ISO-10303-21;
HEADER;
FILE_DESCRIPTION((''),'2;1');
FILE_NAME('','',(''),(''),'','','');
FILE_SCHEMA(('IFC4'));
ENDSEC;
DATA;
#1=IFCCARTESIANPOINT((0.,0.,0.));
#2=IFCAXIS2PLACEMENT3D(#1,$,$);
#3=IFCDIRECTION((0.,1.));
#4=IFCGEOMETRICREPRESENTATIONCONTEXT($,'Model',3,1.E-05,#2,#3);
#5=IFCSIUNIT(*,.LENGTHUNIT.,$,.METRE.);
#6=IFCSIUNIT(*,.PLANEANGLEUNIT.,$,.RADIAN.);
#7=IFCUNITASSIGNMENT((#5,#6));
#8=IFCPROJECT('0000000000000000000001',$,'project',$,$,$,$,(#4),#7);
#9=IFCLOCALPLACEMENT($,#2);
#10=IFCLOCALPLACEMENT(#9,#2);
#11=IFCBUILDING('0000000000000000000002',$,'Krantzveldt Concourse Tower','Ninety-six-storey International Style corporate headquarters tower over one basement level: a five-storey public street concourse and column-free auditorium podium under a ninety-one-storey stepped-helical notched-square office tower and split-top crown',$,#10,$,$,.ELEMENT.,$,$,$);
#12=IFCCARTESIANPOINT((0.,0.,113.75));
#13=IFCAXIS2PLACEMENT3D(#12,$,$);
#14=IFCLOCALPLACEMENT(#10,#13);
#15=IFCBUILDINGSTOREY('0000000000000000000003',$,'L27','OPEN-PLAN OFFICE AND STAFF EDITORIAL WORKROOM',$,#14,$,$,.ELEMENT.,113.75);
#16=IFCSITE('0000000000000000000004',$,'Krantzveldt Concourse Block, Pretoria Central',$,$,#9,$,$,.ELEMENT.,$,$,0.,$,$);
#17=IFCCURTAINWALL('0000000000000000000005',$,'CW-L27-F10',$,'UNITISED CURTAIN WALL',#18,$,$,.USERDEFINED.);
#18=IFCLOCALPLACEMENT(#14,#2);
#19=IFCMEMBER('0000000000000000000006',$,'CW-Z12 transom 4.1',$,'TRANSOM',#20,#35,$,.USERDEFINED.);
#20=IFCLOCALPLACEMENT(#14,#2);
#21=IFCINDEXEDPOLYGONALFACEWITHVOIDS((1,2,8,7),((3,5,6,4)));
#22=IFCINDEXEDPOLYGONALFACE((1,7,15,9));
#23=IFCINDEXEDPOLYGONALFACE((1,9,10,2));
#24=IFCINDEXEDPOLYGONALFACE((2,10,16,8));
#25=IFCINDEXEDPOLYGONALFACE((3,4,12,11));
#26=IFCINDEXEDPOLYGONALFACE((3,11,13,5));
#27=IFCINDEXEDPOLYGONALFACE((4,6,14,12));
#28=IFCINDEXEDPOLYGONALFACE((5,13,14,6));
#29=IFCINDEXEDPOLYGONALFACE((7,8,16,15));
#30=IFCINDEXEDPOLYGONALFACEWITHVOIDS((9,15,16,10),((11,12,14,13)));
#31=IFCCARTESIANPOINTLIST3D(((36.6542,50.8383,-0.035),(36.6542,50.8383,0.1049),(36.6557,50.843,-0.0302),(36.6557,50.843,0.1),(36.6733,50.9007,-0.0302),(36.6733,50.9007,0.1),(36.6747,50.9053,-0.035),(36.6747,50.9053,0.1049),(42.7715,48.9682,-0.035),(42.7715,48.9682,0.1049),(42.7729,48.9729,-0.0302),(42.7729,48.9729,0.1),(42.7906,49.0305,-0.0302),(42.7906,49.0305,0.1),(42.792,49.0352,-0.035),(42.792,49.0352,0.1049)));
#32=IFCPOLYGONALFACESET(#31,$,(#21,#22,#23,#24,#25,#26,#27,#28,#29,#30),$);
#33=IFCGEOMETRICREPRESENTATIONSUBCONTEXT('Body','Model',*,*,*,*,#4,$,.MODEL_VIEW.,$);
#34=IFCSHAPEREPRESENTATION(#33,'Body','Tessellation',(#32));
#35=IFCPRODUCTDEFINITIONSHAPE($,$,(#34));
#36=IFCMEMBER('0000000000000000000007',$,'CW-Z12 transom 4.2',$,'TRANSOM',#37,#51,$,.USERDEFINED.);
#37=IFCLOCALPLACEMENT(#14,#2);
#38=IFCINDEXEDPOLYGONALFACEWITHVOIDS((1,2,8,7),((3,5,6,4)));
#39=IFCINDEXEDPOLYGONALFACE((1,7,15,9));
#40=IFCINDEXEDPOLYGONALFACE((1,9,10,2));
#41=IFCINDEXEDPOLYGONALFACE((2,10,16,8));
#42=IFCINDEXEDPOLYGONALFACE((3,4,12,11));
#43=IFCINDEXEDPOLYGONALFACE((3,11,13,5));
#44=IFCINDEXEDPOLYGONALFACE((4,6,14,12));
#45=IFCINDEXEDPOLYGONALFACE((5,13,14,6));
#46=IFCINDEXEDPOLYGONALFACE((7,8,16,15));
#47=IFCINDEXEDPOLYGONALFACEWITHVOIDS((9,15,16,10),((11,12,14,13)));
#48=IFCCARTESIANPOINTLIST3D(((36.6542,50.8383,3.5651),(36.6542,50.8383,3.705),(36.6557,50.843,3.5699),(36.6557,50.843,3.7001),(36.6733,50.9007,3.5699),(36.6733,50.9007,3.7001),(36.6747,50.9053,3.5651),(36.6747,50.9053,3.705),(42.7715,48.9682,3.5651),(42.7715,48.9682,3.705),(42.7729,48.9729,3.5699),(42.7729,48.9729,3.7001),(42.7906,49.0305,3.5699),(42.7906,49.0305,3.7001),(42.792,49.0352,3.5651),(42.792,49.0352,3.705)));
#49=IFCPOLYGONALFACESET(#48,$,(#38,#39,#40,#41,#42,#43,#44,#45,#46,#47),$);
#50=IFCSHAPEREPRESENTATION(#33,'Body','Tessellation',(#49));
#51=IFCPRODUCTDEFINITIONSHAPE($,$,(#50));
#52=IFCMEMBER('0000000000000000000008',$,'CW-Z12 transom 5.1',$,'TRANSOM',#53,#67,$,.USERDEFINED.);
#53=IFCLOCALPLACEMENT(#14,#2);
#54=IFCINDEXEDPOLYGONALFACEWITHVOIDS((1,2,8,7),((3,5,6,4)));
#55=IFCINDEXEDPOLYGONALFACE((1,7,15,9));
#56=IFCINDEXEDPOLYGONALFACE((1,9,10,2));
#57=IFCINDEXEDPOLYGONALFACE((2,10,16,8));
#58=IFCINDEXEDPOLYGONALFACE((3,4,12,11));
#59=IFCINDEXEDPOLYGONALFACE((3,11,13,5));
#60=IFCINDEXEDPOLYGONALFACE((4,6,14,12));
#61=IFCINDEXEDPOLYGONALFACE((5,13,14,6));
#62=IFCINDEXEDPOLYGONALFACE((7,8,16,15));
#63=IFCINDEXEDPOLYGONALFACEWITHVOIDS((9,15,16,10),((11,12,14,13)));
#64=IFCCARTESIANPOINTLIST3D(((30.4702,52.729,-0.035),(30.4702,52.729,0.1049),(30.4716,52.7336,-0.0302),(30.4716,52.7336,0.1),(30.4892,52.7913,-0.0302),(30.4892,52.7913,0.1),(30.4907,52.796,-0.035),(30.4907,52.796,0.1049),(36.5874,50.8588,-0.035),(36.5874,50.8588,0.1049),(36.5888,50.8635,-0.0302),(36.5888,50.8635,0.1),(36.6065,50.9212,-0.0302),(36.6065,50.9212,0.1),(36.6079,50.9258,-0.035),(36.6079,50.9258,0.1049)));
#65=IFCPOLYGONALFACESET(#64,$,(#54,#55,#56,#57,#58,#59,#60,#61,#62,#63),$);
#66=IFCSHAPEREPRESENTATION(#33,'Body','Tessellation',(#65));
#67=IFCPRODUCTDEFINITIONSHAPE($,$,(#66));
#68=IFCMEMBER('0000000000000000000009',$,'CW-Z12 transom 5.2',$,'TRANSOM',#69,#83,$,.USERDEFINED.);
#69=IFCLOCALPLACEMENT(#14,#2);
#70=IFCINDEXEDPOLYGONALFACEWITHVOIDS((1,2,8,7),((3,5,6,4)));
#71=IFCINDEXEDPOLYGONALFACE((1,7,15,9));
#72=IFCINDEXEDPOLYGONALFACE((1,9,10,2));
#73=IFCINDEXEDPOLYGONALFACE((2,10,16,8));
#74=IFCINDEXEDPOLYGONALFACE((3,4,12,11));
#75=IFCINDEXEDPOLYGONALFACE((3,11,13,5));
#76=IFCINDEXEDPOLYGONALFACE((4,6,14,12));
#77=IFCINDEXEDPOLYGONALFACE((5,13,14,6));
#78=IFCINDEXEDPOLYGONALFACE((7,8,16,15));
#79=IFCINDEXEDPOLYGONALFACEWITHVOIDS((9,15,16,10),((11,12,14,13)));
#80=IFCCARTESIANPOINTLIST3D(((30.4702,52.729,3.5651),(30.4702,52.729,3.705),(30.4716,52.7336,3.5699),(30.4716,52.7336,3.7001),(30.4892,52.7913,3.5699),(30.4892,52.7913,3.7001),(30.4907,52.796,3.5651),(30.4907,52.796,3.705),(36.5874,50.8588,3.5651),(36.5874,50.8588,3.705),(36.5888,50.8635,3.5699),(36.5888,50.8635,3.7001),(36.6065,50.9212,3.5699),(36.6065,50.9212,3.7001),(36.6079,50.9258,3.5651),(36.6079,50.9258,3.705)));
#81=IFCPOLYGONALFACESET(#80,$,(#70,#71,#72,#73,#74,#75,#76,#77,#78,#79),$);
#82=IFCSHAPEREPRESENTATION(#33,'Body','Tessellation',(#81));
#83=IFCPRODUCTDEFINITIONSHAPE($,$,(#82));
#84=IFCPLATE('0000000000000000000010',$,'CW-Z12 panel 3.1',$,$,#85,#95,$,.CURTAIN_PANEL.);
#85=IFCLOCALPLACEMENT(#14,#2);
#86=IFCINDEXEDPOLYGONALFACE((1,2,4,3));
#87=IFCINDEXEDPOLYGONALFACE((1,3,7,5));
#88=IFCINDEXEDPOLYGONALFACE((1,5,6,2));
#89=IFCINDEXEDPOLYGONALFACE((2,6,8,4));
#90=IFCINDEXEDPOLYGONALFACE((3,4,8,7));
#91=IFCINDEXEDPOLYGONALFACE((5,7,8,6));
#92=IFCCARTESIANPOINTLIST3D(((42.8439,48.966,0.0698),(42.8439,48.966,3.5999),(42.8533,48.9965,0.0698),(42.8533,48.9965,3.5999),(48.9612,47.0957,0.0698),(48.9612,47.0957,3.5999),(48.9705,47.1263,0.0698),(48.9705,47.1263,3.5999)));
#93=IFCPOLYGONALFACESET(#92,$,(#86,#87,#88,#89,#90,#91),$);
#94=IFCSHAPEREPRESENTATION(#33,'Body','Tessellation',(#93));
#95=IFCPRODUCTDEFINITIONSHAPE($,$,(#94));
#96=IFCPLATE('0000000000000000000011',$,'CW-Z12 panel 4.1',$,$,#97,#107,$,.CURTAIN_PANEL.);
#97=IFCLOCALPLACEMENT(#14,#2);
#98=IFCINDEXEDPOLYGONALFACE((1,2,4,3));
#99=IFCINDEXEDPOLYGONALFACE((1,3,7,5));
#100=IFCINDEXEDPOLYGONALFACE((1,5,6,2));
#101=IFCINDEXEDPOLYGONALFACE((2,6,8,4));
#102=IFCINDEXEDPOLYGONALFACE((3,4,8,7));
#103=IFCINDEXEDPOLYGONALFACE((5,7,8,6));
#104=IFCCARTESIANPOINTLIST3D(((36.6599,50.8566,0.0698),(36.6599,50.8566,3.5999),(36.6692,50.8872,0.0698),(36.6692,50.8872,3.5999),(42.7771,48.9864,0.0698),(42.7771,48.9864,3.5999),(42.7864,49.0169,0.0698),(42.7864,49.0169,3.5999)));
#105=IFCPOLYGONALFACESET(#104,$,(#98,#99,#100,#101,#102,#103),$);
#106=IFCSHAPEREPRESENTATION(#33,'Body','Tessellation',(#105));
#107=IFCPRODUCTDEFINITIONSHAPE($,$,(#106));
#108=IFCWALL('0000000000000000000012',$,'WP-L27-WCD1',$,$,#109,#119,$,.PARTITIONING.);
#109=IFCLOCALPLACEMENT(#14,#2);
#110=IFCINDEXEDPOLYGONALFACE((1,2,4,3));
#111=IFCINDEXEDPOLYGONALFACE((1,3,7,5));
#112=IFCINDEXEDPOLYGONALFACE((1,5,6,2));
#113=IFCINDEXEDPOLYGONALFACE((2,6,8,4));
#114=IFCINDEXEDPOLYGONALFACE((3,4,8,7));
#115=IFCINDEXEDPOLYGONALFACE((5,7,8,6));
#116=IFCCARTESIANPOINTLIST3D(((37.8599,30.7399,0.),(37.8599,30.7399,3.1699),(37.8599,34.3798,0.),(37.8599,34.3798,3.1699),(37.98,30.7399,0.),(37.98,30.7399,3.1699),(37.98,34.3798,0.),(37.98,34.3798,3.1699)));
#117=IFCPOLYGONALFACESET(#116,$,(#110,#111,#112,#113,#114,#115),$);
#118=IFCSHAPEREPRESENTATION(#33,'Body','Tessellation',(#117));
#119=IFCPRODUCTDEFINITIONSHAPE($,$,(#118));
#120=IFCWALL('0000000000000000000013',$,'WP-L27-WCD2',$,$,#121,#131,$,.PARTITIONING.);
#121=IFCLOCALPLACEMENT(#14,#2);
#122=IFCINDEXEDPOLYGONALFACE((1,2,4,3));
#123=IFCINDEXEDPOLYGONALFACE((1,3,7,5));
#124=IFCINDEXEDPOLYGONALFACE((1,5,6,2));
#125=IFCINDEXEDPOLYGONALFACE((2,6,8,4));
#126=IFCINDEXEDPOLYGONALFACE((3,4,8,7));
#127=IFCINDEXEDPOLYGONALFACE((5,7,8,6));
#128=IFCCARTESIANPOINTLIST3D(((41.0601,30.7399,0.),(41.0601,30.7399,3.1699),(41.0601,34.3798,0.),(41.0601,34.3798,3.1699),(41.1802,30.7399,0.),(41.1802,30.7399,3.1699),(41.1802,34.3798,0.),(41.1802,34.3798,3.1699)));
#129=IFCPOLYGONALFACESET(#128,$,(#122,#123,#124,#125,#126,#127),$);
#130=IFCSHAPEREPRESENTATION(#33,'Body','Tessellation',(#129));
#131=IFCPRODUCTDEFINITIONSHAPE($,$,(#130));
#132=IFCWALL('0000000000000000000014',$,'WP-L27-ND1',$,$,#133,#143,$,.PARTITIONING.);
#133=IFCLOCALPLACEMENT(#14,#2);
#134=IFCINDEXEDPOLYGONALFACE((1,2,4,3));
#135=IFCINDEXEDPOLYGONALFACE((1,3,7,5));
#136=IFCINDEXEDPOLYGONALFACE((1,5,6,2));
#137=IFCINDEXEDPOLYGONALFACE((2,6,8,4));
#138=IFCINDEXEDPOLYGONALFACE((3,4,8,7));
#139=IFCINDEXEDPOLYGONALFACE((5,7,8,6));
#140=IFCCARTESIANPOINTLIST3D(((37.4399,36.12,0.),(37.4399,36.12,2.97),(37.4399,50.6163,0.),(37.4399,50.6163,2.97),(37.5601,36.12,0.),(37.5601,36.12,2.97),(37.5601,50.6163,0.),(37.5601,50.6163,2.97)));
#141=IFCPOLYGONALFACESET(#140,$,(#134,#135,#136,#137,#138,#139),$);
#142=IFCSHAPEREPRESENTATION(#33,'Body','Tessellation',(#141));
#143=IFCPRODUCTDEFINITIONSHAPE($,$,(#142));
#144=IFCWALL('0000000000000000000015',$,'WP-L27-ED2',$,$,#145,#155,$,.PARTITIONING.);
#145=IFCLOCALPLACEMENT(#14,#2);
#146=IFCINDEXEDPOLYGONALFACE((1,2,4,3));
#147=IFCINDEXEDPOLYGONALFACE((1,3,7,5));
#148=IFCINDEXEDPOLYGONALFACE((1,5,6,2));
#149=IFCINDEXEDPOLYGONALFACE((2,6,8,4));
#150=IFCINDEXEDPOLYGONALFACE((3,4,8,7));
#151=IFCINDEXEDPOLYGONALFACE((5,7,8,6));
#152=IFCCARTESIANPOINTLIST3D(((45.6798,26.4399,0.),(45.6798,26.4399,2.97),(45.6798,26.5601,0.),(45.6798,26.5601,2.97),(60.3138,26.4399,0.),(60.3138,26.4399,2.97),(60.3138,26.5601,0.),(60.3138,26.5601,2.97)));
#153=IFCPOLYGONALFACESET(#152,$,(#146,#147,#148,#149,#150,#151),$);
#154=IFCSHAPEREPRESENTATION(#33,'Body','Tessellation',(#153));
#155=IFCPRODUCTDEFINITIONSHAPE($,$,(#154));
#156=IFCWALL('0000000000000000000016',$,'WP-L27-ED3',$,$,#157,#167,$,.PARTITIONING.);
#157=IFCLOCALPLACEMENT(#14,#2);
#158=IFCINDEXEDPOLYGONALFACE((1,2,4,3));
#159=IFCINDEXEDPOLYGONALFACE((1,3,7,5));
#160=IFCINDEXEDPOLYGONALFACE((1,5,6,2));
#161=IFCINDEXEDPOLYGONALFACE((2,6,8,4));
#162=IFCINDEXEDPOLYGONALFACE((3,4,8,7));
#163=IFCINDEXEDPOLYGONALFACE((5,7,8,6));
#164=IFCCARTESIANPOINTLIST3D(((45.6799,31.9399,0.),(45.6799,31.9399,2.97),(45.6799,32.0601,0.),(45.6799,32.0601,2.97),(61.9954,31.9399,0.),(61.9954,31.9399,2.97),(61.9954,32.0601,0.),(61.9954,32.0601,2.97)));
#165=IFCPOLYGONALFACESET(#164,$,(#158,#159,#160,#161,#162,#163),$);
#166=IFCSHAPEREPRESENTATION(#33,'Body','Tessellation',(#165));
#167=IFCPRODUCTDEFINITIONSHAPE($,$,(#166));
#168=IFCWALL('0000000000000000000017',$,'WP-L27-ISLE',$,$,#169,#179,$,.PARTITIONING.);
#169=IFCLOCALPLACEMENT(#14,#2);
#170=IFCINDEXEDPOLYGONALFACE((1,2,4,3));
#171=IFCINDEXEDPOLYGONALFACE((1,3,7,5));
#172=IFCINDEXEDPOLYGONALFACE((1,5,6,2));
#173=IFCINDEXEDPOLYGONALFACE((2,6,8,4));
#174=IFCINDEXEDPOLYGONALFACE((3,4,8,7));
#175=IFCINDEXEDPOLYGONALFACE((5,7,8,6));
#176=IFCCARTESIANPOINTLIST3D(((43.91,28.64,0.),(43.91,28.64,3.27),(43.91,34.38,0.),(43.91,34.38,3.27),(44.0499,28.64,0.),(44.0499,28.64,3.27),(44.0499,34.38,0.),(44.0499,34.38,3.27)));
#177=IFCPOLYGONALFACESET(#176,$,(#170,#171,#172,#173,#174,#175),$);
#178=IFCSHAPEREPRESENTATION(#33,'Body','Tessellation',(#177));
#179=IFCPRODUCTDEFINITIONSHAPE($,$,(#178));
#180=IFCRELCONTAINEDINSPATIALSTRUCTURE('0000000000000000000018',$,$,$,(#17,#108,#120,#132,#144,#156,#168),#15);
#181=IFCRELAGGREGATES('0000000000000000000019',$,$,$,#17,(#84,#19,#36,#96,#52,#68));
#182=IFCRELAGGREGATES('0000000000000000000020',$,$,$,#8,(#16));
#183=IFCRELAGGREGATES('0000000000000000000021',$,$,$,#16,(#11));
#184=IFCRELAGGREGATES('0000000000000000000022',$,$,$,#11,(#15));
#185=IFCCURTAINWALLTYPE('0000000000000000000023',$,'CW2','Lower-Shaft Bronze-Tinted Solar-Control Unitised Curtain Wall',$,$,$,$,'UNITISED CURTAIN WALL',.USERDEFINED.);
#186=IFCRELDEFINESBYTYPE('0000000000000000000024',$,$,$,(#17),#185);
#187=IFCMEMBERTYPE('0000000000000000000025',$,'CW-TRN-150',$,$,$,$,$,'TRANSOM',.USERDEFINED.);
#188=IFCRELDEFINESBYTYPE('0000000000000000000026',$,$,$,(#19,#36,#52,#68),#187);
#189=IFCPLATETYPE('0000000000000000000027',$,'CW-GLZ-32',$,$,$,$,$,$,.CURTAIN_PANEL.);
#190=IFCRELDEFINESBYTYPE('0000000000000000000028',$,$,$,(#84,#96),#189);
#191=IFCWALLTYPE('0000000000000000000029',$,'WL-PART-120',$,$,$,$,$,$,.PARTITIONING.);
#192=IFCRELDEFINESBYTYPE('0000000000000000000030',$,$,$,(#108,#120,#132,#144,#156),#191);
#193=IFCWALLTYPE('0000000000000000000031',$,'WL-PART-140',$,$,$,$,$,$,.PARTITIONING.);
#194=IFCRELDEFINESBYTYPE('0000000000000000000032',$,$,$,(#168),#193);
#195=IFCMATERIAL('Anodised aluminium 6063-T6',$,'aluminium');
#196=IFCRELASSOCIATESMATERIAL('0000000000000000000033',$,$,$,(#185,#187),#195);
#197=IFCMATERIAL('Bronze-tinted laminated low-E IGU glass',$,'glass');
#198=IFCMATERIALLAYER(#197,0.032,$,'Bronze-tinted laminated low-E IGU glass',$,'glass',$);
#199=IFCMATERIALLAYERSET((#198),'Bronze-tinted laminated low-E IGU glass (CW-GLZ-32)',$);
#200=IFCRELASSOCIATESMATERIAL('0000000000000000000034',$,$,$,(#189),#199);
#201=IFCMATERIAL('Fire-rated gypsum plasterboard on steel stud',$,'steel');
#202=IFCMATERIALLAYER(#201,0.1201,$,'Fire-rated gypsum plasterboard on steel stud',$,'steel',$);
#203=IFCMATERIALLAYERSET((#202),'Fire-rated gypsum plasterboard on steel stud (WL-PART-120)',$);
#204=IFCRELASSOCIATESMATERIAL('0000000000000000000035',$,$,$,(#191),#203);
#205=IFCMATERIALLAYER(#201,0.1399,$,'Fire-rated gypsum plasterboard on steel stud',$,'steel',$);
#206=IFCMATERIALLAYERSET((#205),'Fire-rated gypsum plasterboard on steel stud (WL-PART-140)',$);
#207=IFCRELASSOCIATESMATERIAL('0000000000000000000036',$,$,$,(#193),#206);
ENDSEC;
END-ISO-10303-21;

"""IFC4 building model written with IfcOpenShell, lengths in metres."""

from ifc_helpers import new_model, si_unit, direction, frame, frame_2d, origin, origin_2d, place, context, subcontext, project, spatial, rectangle, hollow_rectangle, extrude, source, transform, mapped, material, layer, layer_set, material_profile, profile_set, type_object, type_shapes, element, aggregate, save


model = new_model("IFC4")

# Units and contexts
model_context = context("Model", 3, precision=1e-05, world=origin(), true_north=direction((0.0, 1.0)))
body_context = subcontext(model_context, "Body", "Model", "MODEL_VIEW")
ifc_project = project(units=[si_unit("LENGTHUNIT", "METRE"), si_unit("PLANEANGLEUNIT", "RADIAN")], contexts=[model_context])

# Site, building, storey
site_placement = place(None, origin())
site = spatial("IfcSite", under=ifc_project, at=site_placement, Name="Krantzveldt Concourse Block, Pretoria Central", CompositionType="ELEMENT", RefElevation=0.0)
building_placement = place(site_placement, origin())
building = spatial("IfcBuilding", under=site, at=building_placement, Name="Krantzveldt Concourse Tower", Description="Ninety-six-storey International Style corporate headquarters tower over one basement level: a five-storey public street concourse and column-free auditorium podium under a ninety-one-storey stepped-helical notched-square office tower and split-top crown", CompositionType="ELEMENT")
storey_placement = place(building_placement, frame((0.0, 0.0, 113.75)))
storey = spatial("IfcBuildingStorey", under=building, at=storey_placement, Name="L27", Description="OPEN-PLAN OFFICE AND STAFF EDITORIAL WORKROOM", CompositionType="ELEMENT", Elevation=113.75)

# Curtain wall, members, plates
ifc_material_1 = material(Name="Anodised aluminium 6063-T6", Category="aluminium")
curtain_wall_type = type_object("IfcCurtainWallType", Name="CW2", Description="Lower-Shaft Bronze-Tinted Solar-Control Unitised Curtain Wall", ElementType="UNITISED CURTAIN WALL", PredefinedType="USERDEFINED", material=ifc_material_1)
curtain_wall_placement = place(storey_placement, origin())
curtain_wall = element("IfcCurtainWall", 1, at=curtain_wall_placement, inside=storey, type_object=curtain_wall_type, Name="CW-L27-F10", ObjectType="UNITISED CURTAIN WALL", PredefinedType="USERDEFINED")
ifc_material_profile_1 = material_profile(ifc_material_1, hollow_rectangle(XDim=0.0701, YDim=0.1399, WallThickness=0.0049, at=origin_2d()), Name="Anodised aluminium 6063-T6", Category="aluminium")
ifc_profile_set_1 = profile_set([ifc_material_profile_1], Name="Anodised aluminium 6063-T6 - ALU-TRAN 140x70x5")
member_type_1 = type_object("IfcMemberType", Name="CW-TRN-150", ElementType="TRANSOM", PredefinedType="USERDEFINED", material=ifc_profile_set_1)
shared_shape_1 = source(origin(), body_context, "Body", "SweptSolid", [
    extrude(hollow_rectangle(XDim=0.0701, YDim=0.1399, WallThickness=0.0049, at=origin_2d()), origin(), (0.0, 0.0, 1.0), 6.3967),
])
type_shapes(member_type_1, [shared_shape_1])
member_1_placement = place(storey_placement, frame((42.7817, 49.0017, 0.0349), z_axis=(-0.956309, 0.292358, 0.0), x_axis=(-0.292358, -0.956309, 0.0)))
member_1 = element("IfcMember", 2, at=member_1_placement, type_object=member_type_1, Name="CW-Z12 transom 4.1", ObjectType="TRANSOM", PredefinedType="USERDEFINED", context=body_context, shape_type="MappedRepresentation", body=[
    mapped(shared_shape_1, transform((0.0, 0.0, 0.0), x_axis=(1.0, 0.0, 0.0), y_axis=(0.0, 1.0, 0.0), z_axis=(0.0, 0.0, 1.0), scale=1.0)),
])
member_2_placement = place(storey_placement, frame((42.7817, 49.0017, 3.635), z_axis=(-0.956309, 0.292358, 0.0), x_axis=(-0.292358, -0.956309, 0.0)))
member_2 = element("IfcMember", 3, at=member_2_placement, type_object=member_type_1, Name="CW-Z12 transom 4.2", ObjectType="TRANSOM", PredefinedType="USERDEFINED", context=body_context, shape_type="MappedRepresentation", body=[
    mapped(shared_shape_1, transform((0.0, 0.0, 0.0), x_axis=(1.0, 0.0, 0.0), y_axis=(0.0, 1.0, 0.0), z_axis=(0.0, 0.0, 1.0), scale=1.0)),
])
member_3_placement = place(storey_placement, frame((36.5977, 50.8923, 0.0349), z_axis=(-0.956309, 0.292358, 0.0), x_axis=(-0.292358, -0.956309, 0.0)))
member_3 = element("IfcMember", 4, at=member_3_placement, type_object=member_type_1, Name="CW-Z12 transom 5.1", ObjectType="TRANSOM", PredefinedType="USERDEFINED", context=body_context, shape_type="MappedRepresentation", body=[
    mapped(shared_shape_1, transform((0.0, 0.0, 0.0), x_axis=(1.0, 0.0, 0.0), y_axis=(0.0, 1.0, 0.0), z_axis=(0.0, 0.0, 1.0), scale=1.0)),
])
member_4_placement = place(storey_placement, frame((36.5977, 50.8923, 3.635), z_axis=(-0.956309, 0.292358, 0.0), x_axis=(-0.292358, -0.956309, 0.0)))
member_4 = element("IfcMember", 5, at=member_4_placement, type_object=member_type_1, Name="CW-Z12 transom 5.2", ObjectType="TRANSOM", PredefinedType="USERDEFINED", context=body_context, shape_type="MappedRepresentation", body=[
    mapped(shared_shape_1, transform((0.0, 0.0, 0.0), x_axis=(1.0, 0.0, 0.0), y_axis=(0.0, 1.0, 0.0), z_axis=(0.0, 0.0, 1.0), scale=1.0)),
])
ifc_material_2 = material(Name="Bronze-tinted laminated low-E IGU glass", Category="glass")
ifc_layer_1 = layer(ifc_material_2, 0.032, Name="Bronze-tinted laminated low-E IGU glass", Category="glass")
ifc_layer_set_1 = layer_set([ifc_layer_1], Name="Bronze-tinted laminated low-E IGU glass (CW-GLZ-32)")
plate_type = type_object("IfcPlateType", Name="CW-GLZ-32", PredefinedType="CURTAIN_PANEL", material=ifc_layer_set_1)
shared_shape_2 = source(origin(), body_context, "Body", "SweptSolid", [
    extrude(rectangle(XDim=6.3967, YDim=0.032, at=origin_2d()), origin(), (0.0, 0.0, 1.0), 3.53),
])
type_shapes(plate_type, [shared_shape_2])
plate_1_placement = place(storey_placement, frame((45.9072, 48.0461, 0.0698), z_axis=(0.0, 0.0, 1.0), x_axis=(-0.956305, 0.292372, 0.0)))
plate_1 = element("IfcPlate", 6, at=plate_1_placement, type_object=plate_type, Name="CW-Z12 panel 3.1", PredefinedType="CURTAIN_PANEL", context=body_context, shape_type="MappedRepresentation", body=[
    mapped(shared_shape_2, transform((0.0, 0.0, 0.0), x_axis=(1.0, 0.0, 0.0), y_axis=(0.0, 1.0, 0.0), z_axis=(0.0, 0.0, 1.0), scale=1.0)),
])
plate_2_placement = place(storey_placement, frame((39.7231, 49.9368, 0.0698), z_axis=(0.0, 0.0, 1.0), x_axis=(-0.956305, 0.292372, 0.0)))
plate_2 = element("IfcPlate", 7, at=plate_2_placement, type_object=plate_type, Name="CW-Z12 panel 4.1", PredefinedType="CURTAIN_PANEL", context=body_context, shape_type="MappedRepresentation", body=[
    mapped(shared_shape_2, transform((0.0, 0.0, 0.0), x_axis=(1.0, 0.0, 0.0), y_axis=(0.0, 1.0, 0.0), z_axis=(0.0, 0.0, 1.0), scale=1.0)),
])
aggregate(curtain_wall, [plate_1, member_1, member_2, plate_2, member_3, member_4])

# Walls
ifc_material_3 = material(Name="Fire-rated gypsum plasterboard on steel stud", Category="steel")
ifc_layer_2 = layer(ifc_material_3, 0.1201, Name="Fire-rated gypsum plasterboard on steel stud", Category="steel")
ifc_layer_set_2 = layer_set([ifc_layer_2], Name="Fire-rated gypsum plasterboard on steel stud (WL-PART-120)")
wall_type_1 = type_object("IfcWallType", Name="WL-PART-120", PredefinedType="PARTITIONING", material=ifc_layer_set_2)
for number, where, z_axis, x_axis, name in (
    (8, (37.9199, 30.74, 0.0), (0.0, 0.0, 1.0), (0.0, 1.0, 0.0), "WP-L27-WCD1"),
    (9, (41.1201, 30.74, 0.0), (0.0, 0.0, 1.0), (0.0, 1.0, 0.0), "WP-L27-WCD2"),
):
    element("IfcWall", number, at=place(storey_placement, frame(where, z_axis=z_axis, x_axis=x_axis)), inside=storey, type_object=wall_type_1, Name=name, PredefinedType="PARTITIONING", context=body_context, shape_type="SweptSolid", body=[
        extrude(rectangle(XDim=3.6399, YDim=0.1201, at=frame_2d((1.8198, 0.0))), origin(), (0.0, 0.0, 1.0), 3.1699),
    ])
wall_1_placement = place(storey_placement, frame((37.5, 36.1201, 0.0), z_axis=(0.0, 0.0, 1.0), x_axis=(0.0, 1.0, 0.0)))
element("IfcWall", 10, at=wall_1_placement, inside=storey, type_object=wall_type_1, Name="WP-L27-ND1", PredefinedType="PARTITIONING", context=body_context, shape_type="SweptSolid", body=[
    extrude(rectangle(XDim=14.4963, YDim=0.1201, at=frame_2d((7.248, 0.0))), origin(), (0.0, 0.0, 1.0), 2.97),
])
wall_2_placement = place(storey_placement, frame((45.6799, 26.5, 0.0), z_axis=(0.0, 0.0, 1.0), x_axis=(1.0, 0.0, 0.0)))
element("IfcWall", 11, at=wall_2_placement, inside=storey, type_object=wall_type_1, Name="WP-L27-ED2", PredefinedType="PARTITIONING", context=body_context, shape_type="SweptSolid", body=[
    extrude(rectangle(XDim=14.634, YDim=0.1201, at=frame_2d((7.3169, 0.0))), origin(), (0.0, 0.0, 1.0), 2.97),
])
wall_3_placement = place(storey_placement, frame((45.6799, 32.0, 0.0), z_axis=(0.0, 0.0, 1.0), x_axis=(1.0, 0.0, 0.0)))
element("IfcWall", 12, at=wall_3_placement, inside=storey, type_object=wall_type_1, Name="WP-L27-ED3", PredefinedType="PARTITIONING", context=body_context, shape_type="SweptSolid", body=[
    extrude(rectangle(XDim=16.3154, YDim=0.1201, at=frame_2d((8.1577, 0.0))), origin(), (0.0, 0.0, 1.0), 2.97),
])
ifc_layer_3 = layer(ifc_material_3, 0.1399, Name="Fire-rated gypsum plasterboard on steel stud", Category="steel")
ifc_layer_set_3 = layer_set([ifc_layer_3], Name="Fire-rated gypsum plasterboard on steel stud (WL-PART-140)")
wall_type_2 = type_object("IfcWallType", Name="WL-PART-140", PredefinedType="PARTITIONING", material=ifc_layer_set_3)
wall_4_placement = place(storey_placement, frame((43.98, 28.6399, 0.0), z_axis=(0.0, 0.0, 1.0), x_axis=(0.0, 1.0, 0.0)))
element("IfcWall", 13, at=wall_4_placement, inside=storey, type_object=wall_type_2, Name="WP-L27-ISLE", PredefinedType="PARTITIONING", context=body_context, shape_type="SweptSolid", body=[
    extrude(rectangle(XDim=5.74, YDim=0.1399, at=frame_2d((2.8701, 0.0))), origin(), (0.0, 0.0, 1.0), 3.27),
])

save(model, "model.ifc")
